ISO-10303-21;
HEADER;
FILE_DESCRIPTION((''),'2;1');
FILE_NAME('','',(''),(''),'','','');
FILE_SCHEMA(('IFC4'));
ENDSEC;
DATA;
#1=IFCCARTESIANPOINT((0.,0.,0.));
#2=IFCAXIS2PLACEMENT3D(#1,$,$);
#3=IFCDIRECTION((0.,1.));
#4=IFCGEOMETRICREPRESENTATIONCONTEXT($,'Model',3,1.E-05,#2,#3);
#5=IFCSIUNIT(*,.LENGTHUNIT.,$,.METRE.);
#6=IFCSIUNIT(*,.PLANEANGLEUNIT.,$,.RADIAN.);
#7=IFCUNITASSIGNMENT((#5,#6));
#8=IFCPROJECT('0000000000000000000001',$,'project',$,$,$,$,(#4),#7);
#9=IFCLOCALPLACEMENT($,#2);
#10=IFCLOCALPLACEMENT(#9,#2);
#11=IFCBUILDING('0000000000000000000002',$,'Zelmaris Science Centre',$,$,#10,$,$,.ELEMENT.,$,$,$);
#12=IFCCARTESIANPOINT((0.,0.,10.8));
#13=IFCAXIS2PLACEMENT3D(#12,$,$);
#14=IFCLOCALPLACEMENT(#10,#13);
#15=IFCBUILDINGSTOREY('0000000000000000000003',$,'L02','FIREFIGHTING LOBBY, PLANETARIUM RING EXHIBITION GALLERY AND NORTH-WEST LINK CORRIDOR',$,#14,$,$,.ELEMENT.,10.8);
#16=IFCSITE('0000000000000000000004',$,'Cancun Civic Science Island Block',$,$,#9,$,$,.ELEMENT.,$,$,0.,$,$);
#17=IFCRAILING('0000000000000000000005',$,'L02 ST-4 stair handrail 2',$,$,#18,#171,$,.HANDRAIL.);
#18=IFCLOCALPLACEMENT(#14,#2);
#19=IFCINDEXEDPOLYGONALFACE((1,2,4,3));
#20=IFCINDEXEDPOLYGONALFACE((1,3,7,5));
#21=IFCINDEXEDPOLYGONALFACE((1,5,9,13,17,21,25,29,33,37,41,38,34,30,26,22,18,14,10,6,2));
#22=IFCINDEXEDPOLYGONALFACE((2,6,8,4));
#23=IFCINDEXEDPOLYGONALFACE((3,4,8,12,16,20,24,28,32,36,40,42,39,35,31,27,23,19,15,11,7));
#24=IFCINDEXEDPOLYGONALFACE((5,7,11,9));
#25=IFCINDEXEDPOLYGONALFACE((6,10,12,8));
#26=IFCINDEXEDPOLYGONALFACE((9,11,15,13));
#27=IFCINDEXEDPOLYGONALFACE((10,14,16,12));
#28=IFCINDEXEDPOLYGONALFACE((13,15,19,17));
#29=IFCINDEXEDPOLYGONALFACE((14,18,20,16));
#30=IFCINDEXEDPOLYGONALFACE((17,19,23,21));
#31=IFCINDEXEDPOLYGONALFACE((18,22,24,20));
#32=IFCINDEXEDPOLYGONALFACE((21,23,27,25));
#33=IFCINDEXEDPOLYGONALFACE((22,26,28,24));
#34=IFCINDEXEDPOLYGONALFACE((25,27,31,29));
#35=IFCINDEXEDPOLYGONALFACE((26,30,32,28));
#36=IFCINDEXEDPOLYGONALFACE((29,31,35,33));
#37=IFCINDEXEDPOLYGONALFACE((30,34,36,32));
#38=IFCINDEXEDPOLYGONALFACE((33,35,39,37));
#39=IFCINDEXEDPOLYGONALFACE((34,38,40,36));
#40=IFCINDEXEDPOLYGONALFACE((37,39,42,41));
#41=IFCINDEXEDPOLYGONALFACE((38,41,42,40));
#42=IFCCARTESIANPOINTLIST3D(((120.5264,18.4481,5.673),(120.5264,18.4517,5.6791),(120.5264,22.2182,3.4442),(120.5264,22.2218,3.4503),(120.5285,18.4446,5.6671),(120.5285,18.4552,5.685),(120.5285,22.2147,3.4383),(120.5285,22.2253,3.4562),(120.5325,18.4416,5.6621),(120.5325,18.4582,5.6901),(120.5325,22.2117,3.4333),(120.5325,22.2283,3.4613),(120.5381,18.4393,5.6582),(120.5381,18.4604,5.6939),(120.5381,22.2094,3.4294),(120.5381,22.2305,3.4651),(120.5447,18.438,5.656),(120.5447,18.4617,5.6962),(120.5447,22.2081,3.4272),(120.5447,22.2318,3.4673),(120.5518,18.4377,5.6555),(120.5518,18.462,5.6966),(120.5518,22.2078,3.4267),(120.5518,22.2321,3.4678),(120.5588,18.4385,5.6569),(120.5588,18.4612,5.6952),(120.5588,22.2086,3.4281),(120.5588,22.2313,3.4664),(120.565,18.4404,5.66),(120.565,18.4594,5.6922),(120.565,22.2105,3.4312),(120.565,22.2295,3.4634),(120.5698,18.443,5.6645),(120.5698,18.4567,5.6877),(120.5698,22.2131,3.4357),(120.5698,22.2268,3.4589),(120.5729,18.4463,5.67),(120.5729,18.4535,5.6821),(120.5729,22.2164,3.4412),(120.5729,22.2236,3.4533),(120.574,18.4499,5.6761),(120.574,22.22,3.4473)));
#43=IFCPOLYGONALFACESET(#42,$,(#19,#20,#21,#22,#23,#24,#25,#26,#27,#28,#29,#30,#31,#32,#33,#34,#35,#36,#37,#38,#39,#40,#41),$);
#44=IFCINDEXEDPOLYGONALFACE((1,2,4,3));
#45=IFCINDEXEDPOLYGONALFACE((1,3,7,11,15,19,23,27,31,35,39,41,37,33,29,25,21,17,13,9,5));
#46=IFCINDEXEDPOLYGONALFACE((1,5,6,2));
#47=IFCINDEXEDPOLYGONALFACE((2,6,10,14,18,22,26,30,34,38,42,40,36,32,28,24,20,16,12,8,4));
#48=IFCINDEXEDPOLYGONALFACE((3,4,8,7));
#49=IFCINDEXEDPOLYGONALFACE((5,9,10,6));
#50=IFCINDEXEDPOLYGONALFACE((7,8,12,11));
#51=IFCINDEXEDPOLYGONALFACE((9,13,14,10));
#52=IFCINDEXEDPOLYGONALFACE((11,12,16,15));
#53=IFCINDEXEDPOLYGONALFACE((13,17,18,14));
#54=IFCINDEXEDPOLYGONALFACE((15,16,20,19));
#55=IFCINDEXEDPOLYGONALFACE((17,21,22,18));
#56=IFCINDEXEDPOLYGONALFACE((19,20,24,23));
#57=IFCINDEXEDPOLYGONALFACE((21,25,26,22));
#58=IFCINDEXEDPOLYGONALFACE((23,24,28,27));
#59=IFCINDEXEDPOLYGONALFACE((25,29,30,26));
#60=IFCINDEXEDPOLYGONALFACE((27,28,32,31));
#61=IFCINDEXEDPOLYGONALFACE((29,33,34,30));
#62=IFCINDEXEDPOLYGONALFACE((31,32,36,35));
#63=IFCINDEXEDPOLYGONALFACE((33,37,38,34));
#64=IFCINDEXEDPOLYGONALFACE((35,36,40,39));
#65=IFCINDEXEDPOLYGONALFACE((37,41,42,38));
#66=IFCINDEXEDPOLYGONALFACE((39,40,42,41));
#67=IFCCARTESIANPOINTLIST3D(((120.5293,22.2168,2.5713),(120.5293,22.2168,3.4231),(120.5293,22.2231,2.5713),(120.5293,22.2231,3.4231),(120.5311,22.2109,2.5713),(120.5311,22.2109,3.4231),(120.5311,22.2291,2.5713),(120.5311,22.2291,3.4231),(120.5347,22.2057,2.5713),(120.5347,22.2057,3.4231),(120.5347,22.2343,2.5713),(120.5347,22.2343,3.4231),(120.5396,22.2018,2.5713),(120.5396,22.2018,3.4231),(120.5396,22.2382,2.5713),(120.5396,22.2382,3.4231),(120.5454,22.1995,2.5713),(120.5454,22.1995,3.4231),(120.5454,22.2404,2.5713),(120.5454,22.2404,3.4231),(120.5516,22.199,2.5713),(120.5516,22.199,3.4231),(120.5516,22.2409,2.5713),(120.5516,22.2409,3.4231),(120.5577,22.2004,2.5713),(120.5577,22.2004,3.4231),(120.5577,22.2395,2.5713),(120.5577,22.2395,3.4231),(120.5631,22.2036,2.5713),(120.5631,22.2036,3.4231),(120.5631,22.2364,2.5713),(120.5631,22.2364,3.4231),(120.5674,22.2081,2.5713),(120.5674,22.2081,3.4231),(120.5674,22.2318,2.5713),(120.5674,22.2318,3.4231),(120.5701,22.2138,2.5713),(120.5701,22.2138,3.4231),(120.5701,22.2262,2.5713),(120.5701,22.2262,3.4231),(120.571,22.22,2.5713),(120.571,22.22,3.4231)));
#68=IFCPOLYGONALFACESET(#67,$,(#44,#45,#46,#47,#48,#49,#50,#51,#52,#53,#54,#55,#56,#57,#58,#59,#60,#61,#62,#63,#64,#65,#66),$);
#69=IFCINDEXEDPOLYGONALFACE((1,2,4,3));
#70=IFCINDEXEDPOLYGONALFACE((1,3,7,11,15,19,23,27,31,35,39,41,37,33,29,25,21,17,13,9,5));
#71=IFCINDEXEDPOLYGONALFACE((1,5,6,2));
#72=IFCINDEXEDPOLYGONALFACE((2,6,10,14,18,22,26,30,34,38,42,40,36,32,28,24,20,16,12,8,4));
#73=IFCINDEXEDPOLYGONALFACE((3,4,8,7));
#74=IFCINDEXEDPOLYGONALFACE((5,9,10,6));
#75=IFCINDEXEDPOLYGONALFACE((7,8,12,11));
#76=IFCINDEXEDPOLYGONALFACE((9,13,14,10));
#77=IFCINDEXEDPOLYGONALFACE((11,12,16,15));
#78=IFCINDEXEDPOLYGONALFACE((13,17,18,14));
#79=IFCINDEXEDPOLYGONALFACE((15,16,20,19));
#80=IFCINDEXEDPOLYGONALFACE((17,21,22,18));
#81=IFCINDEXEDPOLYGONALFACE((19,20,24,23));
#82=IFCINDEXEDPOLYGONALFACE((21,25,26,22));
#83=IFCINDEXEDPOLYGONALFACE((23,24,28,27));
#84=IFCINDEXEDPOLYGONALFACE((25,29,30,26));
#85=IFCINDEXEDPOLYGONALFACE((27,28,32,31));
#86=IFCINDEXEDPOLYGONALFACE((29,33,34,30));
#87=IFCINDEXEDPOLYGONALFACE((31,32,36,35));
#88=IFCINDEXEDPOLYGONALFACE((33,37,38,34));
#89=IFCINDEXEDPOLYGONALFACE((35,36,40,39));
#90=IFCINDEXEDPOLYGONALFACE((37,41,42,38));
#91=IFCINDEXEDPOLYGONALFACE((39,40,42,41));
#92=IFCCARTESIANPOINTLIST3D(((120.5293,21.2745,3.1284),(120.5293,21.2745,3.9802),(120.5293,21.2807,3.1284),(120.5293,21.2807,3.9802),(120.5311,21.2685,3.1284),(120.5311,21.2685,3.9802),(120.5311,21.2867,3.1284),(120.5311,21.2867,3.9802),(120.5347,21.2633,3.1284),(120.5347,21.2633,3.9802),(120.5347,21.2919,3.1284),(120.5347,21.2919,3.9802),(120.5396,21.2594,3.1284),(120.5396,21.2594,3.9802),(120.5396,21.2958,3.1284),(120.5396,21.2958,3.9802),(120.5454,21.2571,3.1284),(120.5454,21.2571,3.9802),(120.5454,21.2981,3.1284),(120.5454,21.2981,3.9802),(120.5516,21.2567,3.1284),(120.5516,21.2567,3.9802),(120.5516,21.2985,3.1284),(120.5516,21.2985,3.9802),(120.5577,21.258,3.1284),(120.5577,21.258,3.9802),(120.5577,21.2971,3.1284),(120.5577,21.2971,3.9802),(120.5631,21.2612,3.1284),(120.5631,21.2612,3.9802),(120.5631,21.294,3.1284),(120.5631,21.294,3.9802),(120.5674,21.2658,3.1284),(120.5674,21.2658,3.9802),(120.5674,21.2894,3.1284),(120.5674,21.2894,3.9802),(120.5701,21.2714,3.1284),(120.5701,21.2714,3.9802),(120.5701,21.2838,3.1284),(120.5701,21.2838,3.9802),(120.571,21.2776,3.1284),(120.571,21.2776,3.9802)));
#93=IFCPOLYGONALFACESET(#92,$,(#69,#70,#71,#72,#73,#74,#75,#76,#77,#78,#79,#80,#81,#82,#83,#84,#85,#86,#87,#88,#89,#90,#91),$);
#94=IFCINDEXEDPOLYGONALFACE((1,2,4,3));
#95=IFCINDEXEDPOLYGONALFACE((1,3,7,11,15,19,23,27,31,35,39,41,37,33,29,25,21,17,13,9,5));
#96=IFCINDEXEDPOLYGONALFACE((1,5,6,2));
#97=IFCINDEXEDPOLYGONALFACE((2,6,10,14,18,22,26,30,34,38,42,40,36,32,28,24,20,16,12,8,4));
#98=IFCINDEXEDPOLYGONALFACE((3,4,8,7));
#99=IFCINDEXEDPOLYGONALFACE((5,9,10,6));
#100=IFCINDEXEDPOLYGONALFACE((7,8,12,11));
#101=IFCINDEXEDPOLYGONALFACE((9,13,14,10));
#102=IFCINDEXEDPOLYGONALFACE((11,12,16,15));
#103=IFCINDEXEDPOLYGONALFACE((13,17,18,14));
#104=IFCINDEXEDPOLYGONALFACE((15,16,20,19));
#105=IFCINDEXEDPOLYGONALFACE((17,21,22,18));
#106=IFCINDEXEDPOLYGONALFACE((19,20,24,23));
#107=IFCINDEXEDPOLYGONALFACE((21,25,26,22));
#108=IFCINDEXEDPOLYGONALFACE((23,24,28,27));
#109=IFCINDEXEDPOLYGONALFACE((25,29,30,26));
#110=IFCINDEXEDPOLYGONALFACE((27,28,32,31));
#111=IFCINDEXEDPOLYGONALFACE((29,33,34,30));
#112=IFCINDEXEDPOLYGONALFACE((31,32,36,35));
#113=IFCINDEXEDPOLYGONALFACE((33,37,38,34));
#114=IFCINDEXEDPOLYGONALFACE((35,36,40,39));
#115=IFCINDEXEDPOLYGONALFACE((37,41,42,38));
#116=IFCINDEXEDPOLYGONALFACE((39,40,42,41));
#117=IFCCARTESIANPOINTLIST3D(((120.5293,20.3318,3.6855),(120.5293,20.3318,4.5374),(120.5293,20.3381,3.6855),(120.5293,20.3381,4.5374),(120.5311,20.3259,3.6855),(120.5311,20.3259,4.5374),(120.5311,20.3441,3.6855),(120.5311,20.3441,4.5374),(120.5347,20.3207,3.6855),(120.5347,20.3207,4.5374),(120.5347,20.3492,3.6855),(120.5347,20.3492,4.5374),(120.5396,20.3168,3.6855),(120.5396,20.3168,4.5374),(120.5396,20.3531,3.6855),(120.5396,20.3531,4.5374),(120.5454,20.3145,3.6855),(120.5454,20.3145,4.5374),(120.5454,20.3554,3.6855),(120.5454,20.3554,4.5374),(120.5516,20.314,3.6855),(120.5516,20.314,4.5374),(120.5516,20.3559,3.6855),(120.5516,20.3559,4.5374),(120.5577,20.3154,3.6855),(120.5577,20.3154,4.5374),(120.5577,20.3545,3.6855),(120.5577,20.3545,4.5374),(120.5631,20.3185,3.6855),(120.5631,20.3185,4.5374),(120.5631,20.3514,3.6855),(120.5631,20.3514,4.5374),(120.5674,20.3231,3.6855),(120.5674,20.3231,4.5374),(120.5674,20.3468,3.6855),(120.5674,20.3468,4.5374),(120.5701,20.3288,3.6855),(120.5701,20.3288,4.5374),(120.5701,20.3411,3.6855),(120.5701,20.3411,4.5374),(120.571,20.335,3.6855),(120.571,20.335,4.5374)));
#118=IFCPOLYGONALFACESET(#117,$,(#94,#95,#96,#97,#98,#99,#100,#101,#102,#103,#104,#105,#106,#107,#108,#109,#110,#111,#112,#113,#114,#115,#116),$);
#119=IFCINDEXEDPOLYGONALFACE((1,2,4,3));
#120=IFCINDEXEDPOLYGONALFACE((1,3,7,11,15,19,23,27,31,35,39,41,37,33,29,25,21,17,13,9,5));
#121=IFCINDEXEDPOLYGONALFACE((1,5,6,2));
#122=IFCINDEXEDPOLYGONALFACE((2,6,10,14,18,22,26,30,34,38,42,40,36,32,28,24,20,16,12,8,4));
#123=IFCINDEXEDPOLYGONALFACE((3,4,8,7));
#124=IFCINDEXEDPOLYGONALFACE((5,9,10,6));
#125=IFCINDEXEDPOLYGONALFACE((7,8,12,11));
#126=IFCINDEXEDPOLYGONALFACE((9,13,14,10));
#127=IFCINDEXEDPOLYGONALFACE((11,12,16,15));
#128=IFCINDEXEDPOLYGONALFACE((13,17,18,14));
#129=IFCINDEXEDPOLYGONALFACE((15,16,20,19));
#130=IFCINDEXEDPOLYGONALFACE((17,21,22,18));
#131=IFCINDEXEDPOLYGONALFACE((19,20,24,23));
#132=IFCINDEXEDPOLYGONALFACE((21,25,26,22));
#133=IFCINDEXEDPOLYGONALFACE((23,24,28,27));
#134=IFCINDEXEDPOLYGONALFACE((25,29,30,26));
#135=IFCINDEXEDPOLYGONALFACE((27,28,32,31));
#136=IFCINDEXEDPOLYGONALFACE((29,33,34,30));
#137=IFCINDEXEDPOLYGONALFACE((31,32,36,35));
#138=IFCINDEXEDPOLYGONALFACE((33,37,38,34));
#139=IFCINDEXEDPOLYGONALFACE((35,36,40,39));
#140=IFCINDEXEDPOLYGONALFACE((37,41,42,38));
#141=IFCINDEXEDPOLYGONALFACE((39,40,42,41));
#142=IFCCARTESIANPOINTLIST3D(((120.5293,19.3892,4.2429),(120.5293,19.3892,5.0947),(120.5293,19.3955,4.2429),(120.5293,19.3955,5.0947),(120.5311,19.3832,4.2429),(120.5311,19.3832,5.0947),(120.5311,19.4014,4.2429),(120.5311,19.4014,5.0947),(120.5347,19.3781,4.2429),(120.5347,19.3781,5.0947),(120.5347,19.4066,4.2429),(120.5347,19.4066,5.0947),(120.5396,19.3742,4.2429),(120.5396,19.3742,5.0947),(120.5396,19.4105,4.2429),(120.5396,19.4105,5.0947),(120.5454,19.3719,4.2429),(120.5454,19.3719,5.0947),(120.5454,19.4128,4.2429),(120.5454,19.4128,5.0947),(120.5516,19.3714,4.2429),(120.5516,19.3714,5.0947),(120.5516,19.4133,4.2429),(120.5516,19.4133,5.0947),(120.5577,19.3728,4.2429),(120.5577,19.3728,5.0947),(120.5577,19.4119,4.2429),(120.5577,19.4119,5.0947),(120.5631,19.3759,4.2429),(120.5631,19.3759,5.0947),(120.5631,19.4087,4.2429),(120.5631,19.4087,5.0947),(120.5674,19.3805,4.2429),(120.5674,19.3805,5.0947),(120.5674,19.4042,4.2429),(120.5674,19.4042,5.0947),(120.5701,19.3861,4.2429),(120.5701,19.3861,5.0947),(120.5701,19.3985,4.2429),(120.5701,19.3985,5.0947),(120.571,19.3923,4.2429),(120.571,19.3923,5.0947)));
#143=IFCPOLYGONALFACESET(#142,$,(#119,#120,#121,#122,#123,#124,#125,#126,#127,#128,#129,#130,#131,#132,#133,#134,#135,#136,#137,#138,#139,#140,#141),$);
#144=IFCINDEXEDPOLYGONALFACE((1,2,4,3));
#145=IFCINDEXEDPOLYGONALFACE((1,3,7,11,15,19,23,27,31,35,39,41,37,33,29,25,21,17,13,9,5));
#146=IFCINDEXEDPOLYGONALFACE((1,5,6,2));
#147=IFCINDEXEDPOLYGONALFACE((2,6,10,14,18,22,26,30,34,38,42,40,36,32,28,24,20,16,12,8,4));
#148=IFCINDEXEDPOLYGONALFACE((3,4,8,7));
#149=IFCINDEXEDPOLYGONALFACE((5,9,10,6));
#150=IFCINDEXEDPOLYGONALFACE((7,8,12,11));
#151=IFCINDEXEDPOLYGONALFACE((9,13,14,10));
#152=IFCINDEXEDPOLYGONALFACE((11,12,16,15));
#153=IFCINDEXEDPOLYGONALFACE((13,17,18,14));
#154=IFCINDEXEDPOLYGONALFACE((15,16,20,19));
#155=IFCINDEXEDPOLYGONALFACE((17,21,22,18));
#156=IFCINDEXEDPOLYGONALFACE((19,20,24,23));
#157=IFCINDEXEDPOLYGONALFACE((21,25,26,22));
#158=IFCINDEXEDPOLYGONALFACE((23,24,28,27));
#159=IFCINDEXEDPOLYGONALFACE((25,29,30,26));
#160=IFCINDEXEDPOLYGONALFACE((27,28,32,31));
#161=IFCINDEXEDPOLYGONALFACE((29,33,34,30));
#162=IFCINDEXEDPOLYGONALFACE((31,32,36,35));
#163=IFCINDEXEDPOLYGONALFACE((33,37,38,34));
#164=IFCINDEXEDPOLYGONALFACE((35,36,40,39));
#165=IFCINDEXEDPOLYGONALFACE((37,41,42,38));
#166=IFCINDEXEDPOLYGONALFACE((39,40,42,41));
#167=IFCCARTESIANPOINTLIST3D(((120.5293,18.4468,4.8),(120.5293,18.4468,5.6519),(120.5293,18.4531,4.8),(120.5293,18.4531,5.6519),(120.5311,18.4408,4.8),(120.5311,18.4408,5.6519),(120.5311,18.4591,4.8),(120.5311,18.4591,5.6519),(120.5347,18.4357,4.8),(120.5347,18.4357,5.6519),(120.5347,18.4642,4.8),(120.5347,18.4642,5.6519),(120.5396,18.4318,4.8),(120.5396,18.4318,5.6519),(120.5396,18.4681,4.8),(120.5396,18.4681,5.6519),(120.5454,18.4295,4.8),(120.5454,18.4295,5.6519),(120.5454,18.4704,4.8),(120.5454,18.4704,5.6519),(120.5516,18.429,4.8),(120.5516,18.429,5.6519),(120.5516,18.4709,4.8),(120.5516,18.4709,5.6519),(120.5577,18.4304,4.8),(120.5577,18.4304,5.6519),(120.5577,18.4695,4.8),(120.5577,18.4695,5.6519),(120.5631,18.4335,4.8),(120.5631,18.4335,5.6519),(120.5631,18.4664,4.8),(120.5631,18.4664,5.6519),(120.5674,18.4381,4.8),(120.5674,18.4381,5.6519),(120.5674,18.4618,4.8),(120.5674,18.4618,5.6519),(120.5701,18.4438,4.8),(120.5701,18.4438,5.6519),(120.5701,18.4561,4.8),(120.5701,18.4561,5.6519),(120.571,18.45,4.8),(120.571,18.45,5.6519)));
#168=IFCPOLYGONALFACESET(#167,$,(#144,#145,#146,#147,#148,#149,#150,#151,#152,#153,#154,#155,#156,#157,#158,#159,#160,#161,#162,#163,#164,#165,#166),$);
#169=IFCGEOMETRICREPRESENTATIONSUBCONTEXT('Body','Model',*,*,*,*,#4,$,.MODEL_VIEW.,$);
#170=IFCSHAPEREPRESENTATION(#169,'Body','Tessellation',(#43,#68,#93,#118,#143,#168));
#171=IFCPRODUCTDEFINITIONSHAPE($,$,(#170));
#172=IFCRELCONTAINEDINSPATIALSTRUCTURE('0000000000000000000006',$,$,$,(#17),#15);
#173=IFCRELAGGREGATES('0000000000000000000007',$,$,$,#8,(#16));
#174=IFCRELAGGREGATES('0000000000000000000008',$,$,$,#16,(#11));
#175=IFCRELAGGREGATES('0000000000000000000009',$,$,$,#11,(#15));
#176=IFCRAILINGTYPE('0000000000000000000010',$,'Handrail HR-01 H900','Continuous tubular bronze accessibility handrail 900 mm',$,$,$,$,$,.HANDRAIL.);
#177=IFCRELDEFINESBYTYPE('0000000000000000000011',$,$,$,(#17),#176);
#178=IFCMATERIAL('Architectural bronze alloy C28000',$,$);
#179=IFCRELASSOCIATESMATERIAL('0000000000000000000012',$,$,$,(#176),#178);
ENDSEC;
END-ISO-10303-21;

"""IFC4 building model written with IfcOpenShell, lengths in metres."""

from ifc_helpers import new_model, si_unit, direction, frame, origin, origin_2d, place, context, subcontext, project, spatial, circle, extrude, material, type_object, element, save


model = new_model("IFC4")

# Units and contexts
model_context = context("Model", 3, precision=1e-05, world=origin(), true_north=direction((0.0, 1.0)))
body_context = subcontext(model_context, "Body", "Model", "MODEL_VIEW")
ifc_project = project(units=[si_unit("LENGTHUNIT", "METRE"), si_unit("PLANEANGLEUNIT", "RADIAN")], contexts=[model_context])

# Site, building, storey
site_placement = place(None, origin())
site = spatial("IfcSite", under=ifc_project, at=site_placement, Name="Cancun Civic Science Island Block", CompositionType="ELEMENT", RefElevation=0.0)
building_placement = place(site_placement, origin())
building = spatial("IfcBuilding", under=site, at=building_placement, Name="Zelmaris Science Centre", CompositionType="ELEMENT")
storey_placement = place(building_placement, frame((0.0, 0.0, 10.8)))
storey = spatial("IfcBuildingStorey", under=building, at=storey_placement, Name="L02", Description="FIREFIGHTING LOBBY, PLANETARIUM RING EXHIBITION GALLERY AND NORTH-WEST LINK CORRIDOR", CompositionType="ELEMENT", Elevation=10.8)

# Shared definitions
ifc_material_1 = material(Name="Architectural bronze alloy C28000")

# Railing
railing_type_1 = type_object("IfcRailingType", Name="Handrail HR-01 H900", Description="Continuous tubular bronze accessibility handrail 900 mm", PredefinedType="HANDRAIL", material=ifc_material_1)
railing_1_placement = place(storey_placement, frame((120.55, 22.22, 2.5713)))
element("IfcRailing", 1, at=railing_1_placement, inside=storey, type_object=railing_type_1, Name="L02 ST-4 stair handrail 2", PredefinedType="HANDRAIL", context=body_context, shape_type="SweptSolid", body=[
    extrude(circle(Radius=0.0239, at=origin_2d()), frame((0.0, 0.0, 0.876), z_axis=(0.0, -0.860824, 0.508902), x_axis=(1.0, 0.0, 0.0)), (0.0, 0.0, 1.0), 4.3796),
    extrude(circle(Radius=0.021, at=origin_2d()), origin(), (0.0, 0.0, 1.0), 0.8518),
    extrude(circle(Radius=0.021, at=origin_2d()), frame((0.0, -0.9424, 0.5571)), (0.0, 0.0, 1.0), 0.8518),
    extrude(circle(Radius=0.021, at=origin_2d()), frame((0.0, -1.885, 1.1143)), (0.0, 0.0, 1.0), 0.8518),
    extrude(circle(Radius=0.021, at=origin_2d()), frame((0.0, -2.8276, 1.6716)), (0.0, 0.0, 1.0), 0.8518),
    extrude(circle(Radius=0.021, at=origin_2d()), frame((0.0, -3.77, 2.2288)), (0.0, 0.0, 1.0), 0.8518),
])

save(model, "model.ifc")
